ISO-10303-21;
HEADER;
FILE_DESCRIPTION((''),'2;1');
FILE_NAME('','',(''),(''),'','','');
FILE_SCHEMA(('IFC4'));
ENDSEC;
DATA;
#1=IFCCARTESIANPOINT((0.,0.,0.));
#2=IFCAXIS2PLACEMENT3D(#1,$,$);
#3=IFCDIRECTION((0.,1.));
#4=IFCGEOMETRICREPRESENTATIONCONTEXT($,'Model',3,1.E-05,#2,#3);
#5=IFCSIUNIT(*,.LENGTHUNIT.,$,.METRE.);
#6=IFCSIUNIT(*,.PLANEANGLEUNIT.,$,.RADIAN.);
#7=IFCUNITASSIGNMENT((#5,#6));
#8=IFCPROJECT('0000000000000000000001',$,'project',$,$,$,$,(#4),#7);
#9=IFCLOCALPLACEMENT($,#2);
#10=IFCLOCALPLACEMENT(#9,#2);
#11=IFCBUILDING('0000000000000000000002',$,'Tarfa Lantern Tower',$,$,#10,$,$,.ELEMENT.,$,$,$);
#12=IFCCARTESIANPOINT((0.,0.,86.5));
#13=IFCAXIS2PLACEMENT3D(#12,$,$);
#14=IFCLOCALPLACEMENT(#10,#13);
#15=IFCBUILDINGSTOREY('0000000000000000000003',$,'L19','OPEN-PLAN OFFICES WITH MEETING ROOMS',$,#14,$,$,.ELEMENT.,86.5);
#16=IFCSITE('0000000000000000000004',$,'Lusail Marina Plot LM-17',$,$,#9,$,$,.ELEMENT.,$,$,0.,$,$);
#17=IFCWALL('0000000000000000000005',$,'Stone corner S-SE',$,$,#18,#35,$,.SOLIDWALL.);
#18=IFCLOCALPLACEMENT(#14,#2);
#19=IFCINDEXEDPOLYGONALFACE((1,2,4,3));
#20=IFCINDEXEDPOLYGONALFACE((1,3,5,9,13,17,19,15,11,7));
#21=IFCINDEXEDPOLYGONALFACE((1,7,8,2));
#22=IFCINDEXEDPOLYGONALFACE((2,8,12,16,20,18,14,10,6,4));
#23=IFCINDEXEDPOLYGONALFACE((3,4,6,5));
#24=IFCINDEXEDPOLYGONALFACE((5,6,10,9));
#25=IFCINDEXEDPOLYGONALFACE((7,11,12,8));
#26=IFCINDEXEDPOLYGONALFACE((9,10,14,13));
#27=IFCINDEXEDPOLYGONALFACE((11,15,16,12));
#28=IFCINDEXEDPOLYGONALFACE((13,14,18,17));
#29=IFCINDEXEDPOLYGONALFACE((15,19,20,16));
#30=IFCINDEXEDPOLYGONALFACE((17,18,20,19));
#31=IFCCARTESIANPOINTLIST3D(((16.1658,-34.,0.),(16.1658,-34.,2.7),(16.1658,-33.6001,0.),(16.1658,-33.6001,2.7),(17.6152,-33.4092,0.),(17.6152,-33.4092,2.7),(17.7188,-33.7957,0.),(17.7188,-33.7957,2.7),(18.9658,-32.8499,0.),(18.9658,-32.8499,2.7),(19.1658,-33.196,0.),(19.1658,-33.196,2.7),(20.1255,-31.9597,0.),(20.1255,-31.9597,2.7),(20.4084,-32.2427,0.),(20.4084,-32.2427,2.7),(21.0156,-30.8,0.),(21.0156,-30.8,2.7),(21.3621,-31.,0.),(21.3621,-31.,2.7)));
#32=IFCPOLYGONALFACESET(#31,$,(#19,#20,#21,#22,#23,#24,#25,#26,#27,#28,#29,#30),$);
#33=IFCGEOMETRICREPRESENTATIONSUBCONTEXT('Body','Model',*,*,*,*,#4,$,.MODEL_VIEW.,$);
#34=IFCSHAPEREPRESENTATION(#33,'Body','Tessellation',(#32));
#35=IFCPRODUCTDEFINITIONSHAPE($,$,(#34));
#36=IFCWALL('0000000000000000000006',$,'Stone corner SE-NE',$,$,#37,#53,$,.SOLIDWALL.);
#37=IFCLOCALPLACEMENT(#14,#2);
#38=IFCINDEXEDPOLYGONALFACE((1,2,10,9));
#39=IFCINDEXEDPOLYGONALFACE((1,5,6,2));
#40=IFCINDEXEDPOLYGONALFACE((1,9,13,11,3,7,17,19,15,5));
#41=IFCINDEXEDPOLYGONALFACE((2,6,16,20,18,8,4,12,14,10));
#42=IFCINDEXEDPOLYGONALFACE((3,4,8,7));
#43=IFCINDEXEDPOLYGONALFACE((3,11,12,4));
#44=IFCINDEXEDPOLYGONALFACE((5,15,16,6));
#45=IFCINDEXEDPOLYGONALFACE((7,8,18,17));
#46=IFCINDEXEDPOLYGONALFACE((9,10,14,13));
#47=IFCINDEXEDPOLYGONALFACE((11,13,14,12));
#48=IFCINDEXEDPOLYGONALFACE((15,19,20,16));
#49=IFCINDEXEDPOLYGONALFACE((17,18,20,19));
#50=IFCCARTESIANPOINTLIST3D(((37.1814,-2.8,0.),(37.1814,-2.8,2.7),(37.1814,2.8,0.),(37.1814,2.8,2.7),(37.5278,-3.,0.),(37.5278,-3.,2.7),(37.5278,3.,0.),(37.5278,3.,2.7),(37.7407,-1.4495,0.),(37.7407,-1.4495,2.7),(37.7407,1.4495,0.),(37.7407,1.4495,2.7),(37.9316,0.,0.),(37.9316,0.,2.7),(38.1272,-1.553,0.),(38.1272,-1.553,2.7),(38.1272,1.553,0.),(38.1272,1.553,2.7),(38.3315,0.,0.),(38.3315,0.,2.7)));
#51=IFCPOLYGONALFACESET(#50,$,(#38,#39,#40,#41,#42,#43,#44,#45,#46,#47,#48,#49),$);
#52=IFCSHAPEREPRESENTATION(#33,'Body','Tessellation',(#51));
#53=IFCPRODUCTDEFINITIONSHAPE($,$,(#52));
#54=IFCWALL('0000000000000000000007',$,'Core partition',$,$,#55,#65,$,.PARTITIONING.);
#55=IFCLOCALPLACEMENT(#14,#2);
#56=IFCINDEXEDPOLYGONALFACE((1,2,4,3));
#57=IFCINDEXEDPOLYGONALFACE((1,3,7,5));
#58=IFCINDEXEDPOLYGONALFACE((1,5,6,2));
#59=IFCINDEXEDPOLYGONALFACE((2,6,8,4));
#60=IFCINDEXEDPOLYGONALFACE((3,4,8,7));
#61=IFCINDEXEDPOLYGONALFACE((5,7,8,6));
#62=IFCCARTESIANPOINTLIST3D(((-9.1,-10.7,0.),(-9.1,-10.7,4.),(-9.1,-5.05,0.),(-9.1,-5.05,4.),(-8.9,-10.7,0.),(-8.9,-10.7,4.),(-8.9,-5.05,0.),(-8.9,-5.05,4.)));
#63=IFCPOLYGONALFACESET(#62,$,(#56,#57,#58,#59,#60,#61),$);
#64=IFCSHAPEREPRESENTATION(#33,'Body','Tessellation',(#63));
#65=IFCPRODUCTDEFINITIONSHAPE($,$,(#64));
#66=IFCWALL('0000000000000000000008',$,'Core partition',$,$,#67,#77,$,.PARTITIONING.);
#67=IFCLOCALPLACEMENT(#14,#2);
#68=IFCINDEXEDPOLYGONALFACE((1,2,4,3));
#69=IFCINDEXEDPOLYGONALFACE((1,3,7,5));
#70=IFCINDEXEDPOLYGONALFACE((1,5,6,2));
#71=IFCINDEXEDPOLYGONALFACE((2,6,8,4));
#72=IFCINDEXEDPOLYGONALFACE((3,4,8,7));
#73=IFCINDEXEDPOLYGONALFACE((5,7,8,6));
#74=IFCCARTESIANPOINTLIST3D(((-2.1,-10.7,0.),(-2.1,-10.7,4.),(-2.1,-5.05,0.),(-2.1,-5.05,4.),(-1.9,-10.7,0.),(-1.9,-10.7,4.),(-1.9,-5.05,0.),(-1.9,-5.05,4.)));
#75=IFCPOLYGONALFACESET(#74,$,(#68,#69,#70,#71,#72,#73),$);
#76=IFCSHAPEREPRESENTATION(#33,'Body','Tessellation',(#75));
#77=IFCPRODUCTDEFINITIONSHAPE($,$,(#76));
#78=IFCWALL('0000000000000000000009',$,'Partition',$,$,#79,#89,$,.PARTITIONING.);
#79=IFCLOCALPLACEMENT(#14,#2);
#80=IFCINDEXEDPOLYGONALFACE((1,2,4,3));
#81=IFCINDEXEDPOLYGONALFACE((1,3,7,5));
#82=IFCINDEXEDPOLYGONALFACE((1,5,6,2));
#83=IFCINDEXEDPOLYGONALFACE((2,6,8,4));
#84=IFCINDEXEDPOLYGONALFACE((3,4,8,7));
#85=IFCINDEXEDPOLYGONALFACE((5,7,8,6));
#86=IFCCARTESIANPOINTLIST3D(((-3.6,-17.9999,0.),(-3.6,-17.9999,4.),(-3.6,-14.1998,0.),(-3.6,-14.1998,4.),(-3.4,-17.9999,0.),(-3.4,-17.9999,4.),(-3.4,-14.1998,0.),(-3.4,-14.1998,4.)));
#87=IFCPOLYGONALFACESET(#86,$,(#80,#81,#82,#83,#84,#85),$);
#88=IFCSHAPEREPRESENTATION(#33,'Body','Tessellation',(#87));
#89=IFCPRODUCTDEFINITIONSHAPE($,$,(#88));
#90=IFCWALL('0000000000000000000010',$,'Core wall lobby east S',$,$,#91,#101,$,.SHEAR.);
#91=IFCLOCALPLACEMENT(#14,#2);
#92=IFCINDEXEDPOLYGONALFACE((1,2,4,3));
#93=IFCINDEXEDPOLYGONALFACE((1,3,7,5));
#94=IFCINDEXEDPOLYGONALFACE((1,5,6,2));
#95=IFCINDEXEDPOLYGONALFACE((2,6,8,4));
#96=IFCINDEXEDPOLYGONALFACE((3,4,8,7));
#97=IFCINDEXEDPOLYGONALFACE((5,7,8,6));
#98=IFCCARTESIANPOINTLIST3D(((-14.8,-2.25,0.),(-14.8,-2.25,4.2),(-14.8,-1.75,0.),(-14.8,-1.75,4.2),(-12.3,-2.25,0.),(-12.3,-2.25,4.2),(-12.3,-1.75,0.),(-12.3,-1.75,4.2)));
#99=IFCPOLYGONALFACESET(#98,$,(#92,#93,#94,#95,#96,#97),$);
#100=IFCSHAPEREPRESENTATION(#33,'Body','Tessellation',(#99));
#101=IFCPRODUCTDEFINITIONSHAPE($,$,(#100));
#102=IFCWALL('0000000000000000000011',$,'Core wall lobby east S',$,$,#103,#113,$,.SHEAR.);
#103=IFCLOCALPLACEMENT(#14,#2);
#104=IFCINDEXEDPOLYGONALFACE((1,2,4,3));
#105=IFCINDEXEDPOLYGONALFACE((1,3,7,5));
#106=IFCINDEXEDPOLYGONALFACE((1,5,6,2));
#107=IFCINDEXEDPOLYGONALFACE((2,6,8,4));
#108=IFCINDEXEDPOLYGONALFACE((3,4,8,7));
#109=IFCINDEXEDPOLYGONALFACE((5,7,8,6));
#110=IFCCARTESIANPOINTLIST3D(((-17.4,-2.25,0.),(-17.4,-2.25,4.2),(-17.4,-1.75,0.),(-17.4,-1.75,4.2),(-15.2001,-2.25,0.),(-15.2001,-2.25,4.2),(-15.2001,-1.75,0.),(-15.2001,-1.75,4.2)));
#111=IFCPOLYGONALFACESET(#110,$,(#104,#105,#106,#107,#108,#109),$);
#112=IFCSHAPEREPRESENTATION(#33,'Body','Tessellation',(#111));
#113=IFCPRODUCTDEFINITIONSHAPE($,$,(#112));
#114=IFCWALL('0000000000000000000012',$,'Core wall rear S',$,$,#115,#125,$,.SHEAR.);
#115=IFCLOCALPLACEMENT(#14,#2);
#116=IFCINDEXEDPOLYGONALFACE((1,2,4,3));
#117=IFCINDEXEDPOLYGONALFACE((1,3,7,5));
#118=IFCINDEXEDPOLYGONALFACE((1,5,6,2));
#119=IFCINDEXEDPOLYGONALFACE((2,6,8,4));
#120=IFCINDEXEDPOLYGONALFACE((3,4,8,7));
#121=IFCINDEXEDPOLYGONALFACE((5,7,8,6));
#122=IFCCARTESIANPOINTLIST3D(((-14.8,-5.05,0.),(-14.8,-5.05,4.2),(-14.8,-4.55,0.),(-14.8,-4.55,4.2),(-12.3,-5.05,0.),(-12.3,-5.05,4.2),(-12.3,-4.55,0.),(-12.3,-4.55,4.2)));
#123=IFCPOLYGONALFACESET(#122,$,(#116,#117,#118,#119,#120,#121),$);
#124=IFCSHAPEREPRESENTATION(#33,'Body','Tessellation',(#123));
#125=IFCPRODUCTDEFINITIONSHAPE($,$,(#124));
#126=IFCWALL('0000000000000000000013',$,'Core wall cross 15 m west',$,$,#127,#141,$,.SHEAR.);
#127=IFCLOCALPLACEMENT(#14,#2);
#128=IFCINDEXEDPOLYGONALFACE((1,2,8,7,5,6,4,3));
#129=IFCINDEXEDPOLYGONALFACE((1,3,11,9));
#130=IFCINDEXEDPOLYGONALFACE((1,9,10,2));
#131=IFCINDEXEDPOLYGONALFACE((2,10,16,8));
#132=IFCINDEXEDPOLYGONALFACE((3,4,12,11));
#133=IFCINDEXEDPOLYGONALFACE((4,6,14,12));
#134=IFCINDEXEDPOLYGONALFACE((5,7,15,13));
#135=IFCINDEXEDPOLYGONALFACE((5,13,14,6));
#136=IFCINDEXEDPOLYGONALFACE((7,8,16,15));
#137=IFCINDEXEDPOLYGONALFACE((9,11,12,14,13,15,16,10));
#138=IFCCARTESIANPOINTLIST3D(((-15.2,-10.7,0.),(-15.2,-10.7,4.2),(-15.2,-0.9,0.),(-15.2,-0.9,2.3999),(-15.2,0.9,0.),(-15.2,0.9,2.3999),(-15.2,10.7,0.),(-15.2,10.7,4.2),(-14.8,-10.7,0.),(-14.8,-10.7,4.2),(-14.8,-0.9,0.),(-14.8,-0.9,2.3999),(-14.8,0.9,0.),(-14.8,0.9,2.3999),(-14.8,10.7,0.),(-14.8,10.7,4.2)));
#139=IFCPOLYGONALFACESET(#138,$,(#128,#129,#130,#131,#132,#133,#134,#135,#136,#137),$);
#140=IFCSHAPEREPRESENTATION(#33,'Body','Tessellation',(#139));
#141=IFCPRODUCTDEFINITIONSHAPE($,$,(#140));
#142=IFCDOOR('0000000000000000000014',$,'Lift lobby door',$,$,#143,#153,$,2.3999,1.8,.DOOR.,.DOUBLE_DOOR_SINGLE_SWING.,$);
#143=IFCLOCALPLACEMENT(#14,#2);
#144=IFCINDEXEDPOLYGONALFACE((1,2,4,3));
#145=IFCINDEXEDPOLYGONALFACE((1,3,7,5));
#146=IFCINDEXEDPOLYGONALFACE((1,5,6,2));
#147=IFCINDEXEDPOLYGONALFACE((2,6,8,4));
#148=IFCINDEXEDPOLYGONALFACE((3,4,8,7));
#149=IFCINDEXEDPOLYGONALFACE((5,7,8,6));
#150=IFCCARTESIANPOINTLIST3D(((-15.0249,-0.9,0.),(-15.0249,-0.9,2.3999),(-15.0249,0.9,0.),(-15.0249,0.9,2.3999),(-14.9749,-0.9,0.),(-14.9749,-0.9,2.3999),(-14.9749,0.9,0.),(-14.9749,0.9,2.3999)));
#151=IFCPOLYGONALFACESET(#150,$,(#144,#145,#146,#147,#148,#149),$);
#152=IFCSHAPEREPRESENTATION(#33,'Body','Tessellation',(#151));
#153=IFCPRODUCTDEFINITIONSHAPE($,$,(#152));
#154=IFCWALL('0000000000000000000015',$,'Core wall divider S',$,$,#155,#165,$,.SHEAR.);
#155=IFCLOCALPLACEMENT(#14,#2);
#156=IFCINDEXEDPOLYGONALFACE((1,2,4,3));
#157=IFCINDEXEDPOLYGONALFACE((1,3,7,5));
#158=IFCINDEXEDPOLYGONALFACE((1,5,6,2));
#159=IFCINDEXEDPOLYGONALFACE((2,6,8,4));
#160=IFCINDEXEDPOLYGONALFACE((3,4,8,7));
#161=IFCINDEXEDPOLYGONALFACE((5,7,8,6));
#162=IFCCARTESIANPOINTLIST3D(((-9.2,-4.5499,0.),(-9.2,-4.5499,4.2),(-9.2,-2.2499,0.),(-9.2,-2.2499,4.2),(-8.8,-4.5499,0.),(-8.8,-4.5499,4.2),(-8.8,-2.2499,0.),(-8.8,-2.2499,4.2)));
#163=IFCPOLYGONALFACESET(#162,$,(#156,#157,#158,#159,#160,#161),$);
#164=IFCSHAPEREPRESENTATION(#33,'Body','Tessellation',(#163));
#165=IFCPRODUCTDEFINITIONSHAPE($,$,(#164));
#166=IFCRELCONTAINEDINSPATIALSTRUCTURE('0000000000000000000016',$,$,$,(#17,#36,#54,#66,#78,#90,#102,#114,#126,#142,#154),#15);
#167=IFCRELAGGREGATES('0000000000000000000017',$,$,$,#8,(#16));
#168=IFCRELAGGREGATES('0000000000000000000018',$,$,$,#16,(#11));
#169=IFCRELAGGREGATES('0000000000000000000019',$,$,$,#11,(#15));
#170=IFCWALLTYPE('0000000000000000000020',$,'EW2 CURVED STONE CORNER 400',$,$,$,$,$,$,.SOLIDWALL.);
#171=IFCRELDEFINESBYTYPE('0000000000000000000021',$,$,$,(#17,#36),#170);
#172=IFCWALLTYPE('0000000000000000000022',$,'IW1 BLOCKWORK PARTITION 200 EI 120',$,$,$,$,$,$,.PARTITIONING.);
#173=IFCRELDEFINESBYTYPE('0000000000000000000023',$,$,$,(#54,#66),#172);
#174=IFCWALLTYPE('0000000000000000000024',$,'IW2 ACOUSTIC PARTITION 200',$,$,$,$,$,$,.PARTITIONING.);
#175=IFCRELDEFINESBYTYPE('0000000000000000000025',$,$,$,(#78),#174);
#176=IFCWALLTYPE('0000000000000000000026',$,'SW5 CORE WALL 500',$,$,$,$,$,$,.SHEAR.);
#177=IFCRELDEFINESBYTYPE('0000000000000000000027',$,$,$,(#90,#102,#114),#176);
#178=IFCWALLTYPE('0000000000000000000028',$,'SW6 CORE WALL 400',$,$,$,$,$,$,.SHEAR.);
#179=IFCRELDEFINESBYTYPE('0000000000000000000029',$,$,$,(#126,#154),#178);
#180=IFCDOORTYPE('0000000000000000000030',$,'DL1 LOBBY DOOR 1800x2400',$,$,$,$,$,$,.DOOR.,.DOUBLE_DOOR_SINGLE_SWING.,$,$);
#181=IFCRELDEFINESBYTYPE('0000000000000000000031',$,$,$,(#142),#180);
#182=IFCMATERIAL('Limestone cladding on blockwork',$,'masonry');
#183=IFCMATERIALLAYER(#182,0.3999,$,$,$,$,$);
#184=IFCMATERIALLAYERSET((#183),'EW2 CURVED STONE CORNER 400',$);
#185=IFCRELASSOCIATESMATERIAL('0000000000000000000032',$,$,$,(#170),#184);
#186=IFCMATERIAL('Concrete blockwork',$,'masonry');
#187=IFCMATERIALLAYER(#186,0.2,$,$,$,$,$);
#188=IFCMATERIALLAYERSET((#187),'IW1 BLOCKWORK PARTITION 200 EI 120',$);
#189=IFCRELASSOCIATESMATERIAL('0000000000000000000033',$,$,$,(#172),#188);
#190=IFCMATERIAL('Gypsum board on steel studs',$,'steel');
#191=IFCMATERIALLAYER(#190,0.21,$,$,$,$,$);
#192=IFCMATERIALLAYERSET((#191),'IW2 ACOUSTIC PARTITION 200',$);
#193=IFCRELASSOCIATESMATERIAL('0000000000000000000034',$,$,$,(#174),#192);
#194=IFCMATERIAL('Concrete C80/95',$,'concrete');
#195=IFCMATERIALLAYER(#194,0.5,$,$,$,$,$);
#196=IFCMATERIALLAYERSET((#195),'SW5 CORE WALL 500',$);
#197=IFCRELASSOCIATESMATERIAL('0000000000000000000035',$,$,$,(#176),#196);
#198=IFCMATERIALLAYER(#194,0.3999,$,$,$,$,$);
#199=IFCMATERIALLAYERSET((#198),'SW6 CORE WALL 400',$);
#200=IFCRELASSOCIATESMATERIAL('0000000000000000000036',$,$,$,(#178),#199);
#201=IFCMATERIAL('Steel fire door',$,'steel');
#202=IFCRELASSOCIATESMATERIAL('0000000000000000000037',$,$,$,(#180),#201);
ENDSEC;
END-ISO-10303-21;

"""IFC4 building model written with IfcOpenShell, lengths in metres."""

from ifc_helpers import new_model, si_unit, direction, frame, frame_2d, origin, place, context, subcontext, project, spatial, polyline, rectangle, outline, extrude, material, layer, layer_set, type_object, element, fill, save


model = new_model("IFC4")

# Units and contexts
model_context = context("Model", 3, precision=1e-05, world=origin(), true_north=direction((0.0, 1.0)))
body_context = subcontext(model_context, "Body", "Model", "MODEL_VIEW")
ifc_project = project(units=[si_unit("LENGTHUNIT", "METRE"), si_unit("PLANEANGLEUNIT", "RADIAN")], contexts=[model_context])

# Site, building, storey
site_placement = place(None, origin())
site = spatial("IfcSite", under=ifc_project, at=site_placement, Name="Lusail Marina Plot LM-17", CompositionType="ELEMENT", RefElevation=0.0)
building_placement = place(site_placement, origin())
building = spatial("IfcBuilding", under=site, at=building_placement, Name="Tarfa Lantern Tower", CompositionType="ELEMENT")
storey_placement = place(building_placement, frame((0.0, 0.0, 86.5)))
storey = spatial("IfcBuildingStorey", under=building, at=storey_placement, Name="L19", Description="OPEN-PLAN OFFICES WITH MEETING ROOMS", CompositionType="ELEMENT", Elevation=86.5)

# Walls
ifc_material_1 = material(Name="Limestone cladding on blockwork", Category="masonry")
ifc_layer_1 = layer(ifc_material_1, 0.3999)
ifc_layer_set_1 = layer_set([ifc_layer_1], Name="EW2 CURVED STONE CORNER 400")
wall_type_1 = type_object("IfcWallType", Name="EW2 CURVED STONE CORNER 400", PredefinedType="SOLIDWALL", material=ifc_layer_set_1)
wall_1_placement = place(storey_placement, origin())
element("IfcWall", 1, at=wall_1_placement, inside=storey, type_object=wall_type_1, Name="Stone corner S-SE", PredefinedType="SOLIDWALL", context=body_context, shape_type="SweptSolid", body=[
    extrude(outline(polyline([(16.1658, -34.0), (17.7188, -33.7957), (19.1658, -33.196), (20.4084, -32.2427), (21.3621, -31.0), (21.0156, -30.8), (20.1255, -31.9597), (18.9658, -32.8499), (17.6152, -33.4092), (16.1658, -33.6001), (16.1658, -34.0)])), origin(), (0.0, 0.0, 1.0), 2.7),
])
wall_2_placement = place(storey_placement, origin())
element("IfcWall", 2, at=wall_2_placement, inside=storey, type_object=wall_type_1, Name="Stone corner SE-NE", PredefinedType="SOLIDWALL", context=body_context, shape_type="SweptSolid", body=[
    extrude(outline(polyline([(37.5278, -3.0), (38.1272, -1.553), (38.3315, 0.0), (38.1272, 1.553), (37.5278, 3.0), (37.1814, 2.8), (37.7407, 1.4495), (37.9316, 0.0), (37.7407, -1.4495), (37.1814, -2.8), (37.5278, -3.0)])), origin(), (0.0, 0.0, 1.0), 2.7),
])
ifc_material_2 = material(Name="Concrete blockwork", Category="masonry")
ifc_layer_2 = layer(ifc_material_2, 0.2)
ifc_layer_set_2 = layer_set([ifc_layer_2], Name="IW1 BLOCKWORK PARTITION 200 EI 120")
wall_type_2 = type_object("IfcWallType", Name="IW1 BLOCKWORK PARTITION 200 EI 120", PredefinedType="PARTITIONING", material=ifc_layer_set_2)
for number, where, z_axis, x_axis, name in (
    (3, (-9.0, -5.05, 0.0), (0.0, 0.0, 1.0), (0.0, -1.0, 0.0), "Core partition"),
    (4, (-2.0, -5.05, 0.0), (0.0, 0.0, 1.0), (0.0, -1.0, 0.0), "Core partition"),
):
    element("IfcWall", number, at=place(storey_placement, frame(where, z_axis=z_axis, x_axis=x_axis)), inside=storey, type_object=wall_type_2, Name=name, PredefinedType="PARTITIONING", context=body_context, shape_type="SweptSolid", body=[
        extrude(rectangle(XDim=5.6499, YDim=0.2, at=frame_2d((2.825, 0.0))), origin(), (0.0, 0.0, 1.0), 4.0),
    ])
ifc_material_3 = material(Name="Gypsum board on steel studs", Category="steel")
ifc_layer_3 = layer(ifc_material_3, 0.21)
ifc_layer_set_3 = layer_set([ifc_layer_3], Name="IW2 ACOUSTIC PARTITION 200")
wall_type_3 = type_object("IfcWallType", Name="IW2 ACOUSTIC PARTITION 200", PredefinedType="PARTITIONING", material=ifc_layer_set_3)
wall_3_placement = place(storey_placement, frame((-3.5, -14.2, 0.0), z_axis=(0.0, 0.0, 1.0), x_axis=(0.0, -1.0, 0.0)))
element("IfcWall", 5, at=wall_3_placement, inside=storey, type_object=wall_type_3, Name="Partition", PredefinedType="PARTITIONING", context=body_context, shape_type="SweptSolid", body=[
    extrude(rectangle(XDim=3.8, YDim=0.2, at=frame_2d((1.8999, 0.0))), origin(), (0.0, 0.0, 1.0), 4.0),
])
ifc_material_4 = material(Name="Concrete C80/95", Category="concrete")
ifc_layer_4 = layer(ifc_material_4, 0.5)
ifc_layer_set_4 = layer_set([ifc_layer_4], Name="SW5 CORE WALL 500")
wall_type_4 = type_object("IfcWallType", Name="SW5 CORE WALL 500", PredefinedType="SHEAR", material=ifc_layer_set_4)
wall_4_placement = place(storey_placement, frame((-12.3, -2.0, 0.0), z_axis=(0.0, 0.0, 1.0), x_axis=(-1.0, 0.0, 0.0)))
element("IfcWall", 6, at=wall_4_placement, inside=storey, type_object=wall_type_4, Name="Core wall lobby east S", PredefinedType="SHEAR", context=body_context, shape_type="SweptSolid", body=[
    extrude(rectangle(XDim=2.5, YDim=0.5, at=frame_2d((1.25, 0.0))), origin(), (0.0, 0.0, 1.0), 4.2),
])
wall_5_placement = place(storey_placement, frame((-15.2, -2.0, 0.0), z_axis=(0.0, 0.0, 1.0), x_axis=(-1.0, 0.0, 0.0)))
element("IfcWall", 7, at=wall_5_placement, inside=storey, type_object=wall_type_4, Name="Core wall lobby east S", PredefinedType="SHEAR", context=body_context, shape_type="SweptSolid", body=[
    extrude(rectangle(XDim=2.2, YDim=0.5, at=frame_2d((1.1001, 0.0))), origin(), (0.0, 0.0, 1.0), 4.2),
])
wall_6_placement = place(storey_placement, frame((-12.3, -4.8, 0.0), z_axis=(0.0, 0.0, 1.0), x_axis=(-1.0, 0.0, 0.0)))
element("IfcWall", 8, at=wall_6_placement, inside=storey, type_object=wall_type_4, Name="Core wall rear S", PredefinedType="SHEAR", context=body_context, shape_type="SweptSolid", body=[
    extrude(rectangle(XDim=2.5, YDim=0.5, at=frame_2d((1.25, 0.0))), origin(), (0.0, 0.0, 1.0), 4.2),
])

# Wall, opening, door
ifc_layer_5 = layer(ifc_material_4, 0.3999)
ifc_layer_set_5 = layer_set([ifc_layer_5], Name="SW6 CORE WALL 400")
wall_type_5 = type_object("IfcWallType", Name="SW6 CORE WALL 400", PredefinedType="SHEAR", material=ifc_layer_set_5)
wall_7_placement = place(storey_placement, frame((-15.0, -10.7, 0.0), z_axis=(0.0, 0.0, 1.0), x_axis=(0.0, 1.0, 0.0)))
wall_7 = element("IfcWall", 9, at=wall_7_placement, inside=storey, type_object=wall_type_5, Name="Core wall cross 15 m west", PredefinedType="SHEAR", context=body_context, shape_type="SweptSolid", body=[
    extrude(rectangle(XDim=21.3999, YDim=0.3999, at=frame_2d((10.7, 0.0))), origin(), (0.0, 0.0, 1.0), 4.2),
])
opening_1_placement = place(wall_7_placement, frame((9.8, 0.0, 0.0)))
opening_1 = element("IfcOpeningElement", 10, at=opening_1_placement, cuts=wall_7, PredefinedType="OPENING", context=body_context, shape_type="SweptSolid", body=[
    extrude(rectangle(XDim=1.8, YDim=2.3999, at=frame_2d((0.8999, 1.2))), frame((0.0, 0.21, 0.0), z_axis=(0.0, -1.0, 0.0), x_axis=(1.0, 0.0, 0.0)), (0.0, 0.0, 1.0), 0.4199),
])
ifc_material_5 = material(Name="Steel fire door", Category="steel")
door_type = type_object("IfcDoorType", Name="DL1 LOBBY DOOR 1800x2400", OperationType="DOUBLE_DOOR_SINGLE_SWING", PredefinedType="DOOR", material=ifc_material_5)
door_1_placement = place(opening_1_placement, origin())
door_1 = element("IfcDoor", 11, at=door_1_placement, inside=storey, type_object=door_type, Name="Lift lobby door", OperationType="DOUBLE_DOOR_SINGLE_SWING", OverallHeight=2.3999, OverallWidth=1.8, PredefinedType="DOOR", context=body_context, shape_type="SweptSolid", body=[
    extrude(rectangle(XDim=1.8, YDim=2.3999, at=frame_2d((0.8999, 1.2))), frame((0.0, 0.0249, 0.0), z_axis=(0.0, -1.0, 0.0), x_axis=(1.0, 0.0, 0.0)), (0.0, 0.0, 1.0), 0.05),
])
fill(opening_1, door_1)

# Wall
wall_8_placement = place(storey_placement, frame((-9.0, -2.25, 0.0), z_axis=(0.0, 0.0, 1.0), x_axis=(0.0, -1.0, 0.0)))
element("IfcWall", 12, at=wall_8_placement, inside=storey, type_object=wall_type_5, Name="Core wall divider S", PredefinedType="SHEAR", context=body_context, shape_type="SweptSolid", body=[
    extrude(rectangle(XDim=2.3, YDim=0.3999, at=frame_2d((1.1499, 0.0))), origin(), (0.0, 0.0, 1.0), 4.2),
])

save(model, "model.ifc")
